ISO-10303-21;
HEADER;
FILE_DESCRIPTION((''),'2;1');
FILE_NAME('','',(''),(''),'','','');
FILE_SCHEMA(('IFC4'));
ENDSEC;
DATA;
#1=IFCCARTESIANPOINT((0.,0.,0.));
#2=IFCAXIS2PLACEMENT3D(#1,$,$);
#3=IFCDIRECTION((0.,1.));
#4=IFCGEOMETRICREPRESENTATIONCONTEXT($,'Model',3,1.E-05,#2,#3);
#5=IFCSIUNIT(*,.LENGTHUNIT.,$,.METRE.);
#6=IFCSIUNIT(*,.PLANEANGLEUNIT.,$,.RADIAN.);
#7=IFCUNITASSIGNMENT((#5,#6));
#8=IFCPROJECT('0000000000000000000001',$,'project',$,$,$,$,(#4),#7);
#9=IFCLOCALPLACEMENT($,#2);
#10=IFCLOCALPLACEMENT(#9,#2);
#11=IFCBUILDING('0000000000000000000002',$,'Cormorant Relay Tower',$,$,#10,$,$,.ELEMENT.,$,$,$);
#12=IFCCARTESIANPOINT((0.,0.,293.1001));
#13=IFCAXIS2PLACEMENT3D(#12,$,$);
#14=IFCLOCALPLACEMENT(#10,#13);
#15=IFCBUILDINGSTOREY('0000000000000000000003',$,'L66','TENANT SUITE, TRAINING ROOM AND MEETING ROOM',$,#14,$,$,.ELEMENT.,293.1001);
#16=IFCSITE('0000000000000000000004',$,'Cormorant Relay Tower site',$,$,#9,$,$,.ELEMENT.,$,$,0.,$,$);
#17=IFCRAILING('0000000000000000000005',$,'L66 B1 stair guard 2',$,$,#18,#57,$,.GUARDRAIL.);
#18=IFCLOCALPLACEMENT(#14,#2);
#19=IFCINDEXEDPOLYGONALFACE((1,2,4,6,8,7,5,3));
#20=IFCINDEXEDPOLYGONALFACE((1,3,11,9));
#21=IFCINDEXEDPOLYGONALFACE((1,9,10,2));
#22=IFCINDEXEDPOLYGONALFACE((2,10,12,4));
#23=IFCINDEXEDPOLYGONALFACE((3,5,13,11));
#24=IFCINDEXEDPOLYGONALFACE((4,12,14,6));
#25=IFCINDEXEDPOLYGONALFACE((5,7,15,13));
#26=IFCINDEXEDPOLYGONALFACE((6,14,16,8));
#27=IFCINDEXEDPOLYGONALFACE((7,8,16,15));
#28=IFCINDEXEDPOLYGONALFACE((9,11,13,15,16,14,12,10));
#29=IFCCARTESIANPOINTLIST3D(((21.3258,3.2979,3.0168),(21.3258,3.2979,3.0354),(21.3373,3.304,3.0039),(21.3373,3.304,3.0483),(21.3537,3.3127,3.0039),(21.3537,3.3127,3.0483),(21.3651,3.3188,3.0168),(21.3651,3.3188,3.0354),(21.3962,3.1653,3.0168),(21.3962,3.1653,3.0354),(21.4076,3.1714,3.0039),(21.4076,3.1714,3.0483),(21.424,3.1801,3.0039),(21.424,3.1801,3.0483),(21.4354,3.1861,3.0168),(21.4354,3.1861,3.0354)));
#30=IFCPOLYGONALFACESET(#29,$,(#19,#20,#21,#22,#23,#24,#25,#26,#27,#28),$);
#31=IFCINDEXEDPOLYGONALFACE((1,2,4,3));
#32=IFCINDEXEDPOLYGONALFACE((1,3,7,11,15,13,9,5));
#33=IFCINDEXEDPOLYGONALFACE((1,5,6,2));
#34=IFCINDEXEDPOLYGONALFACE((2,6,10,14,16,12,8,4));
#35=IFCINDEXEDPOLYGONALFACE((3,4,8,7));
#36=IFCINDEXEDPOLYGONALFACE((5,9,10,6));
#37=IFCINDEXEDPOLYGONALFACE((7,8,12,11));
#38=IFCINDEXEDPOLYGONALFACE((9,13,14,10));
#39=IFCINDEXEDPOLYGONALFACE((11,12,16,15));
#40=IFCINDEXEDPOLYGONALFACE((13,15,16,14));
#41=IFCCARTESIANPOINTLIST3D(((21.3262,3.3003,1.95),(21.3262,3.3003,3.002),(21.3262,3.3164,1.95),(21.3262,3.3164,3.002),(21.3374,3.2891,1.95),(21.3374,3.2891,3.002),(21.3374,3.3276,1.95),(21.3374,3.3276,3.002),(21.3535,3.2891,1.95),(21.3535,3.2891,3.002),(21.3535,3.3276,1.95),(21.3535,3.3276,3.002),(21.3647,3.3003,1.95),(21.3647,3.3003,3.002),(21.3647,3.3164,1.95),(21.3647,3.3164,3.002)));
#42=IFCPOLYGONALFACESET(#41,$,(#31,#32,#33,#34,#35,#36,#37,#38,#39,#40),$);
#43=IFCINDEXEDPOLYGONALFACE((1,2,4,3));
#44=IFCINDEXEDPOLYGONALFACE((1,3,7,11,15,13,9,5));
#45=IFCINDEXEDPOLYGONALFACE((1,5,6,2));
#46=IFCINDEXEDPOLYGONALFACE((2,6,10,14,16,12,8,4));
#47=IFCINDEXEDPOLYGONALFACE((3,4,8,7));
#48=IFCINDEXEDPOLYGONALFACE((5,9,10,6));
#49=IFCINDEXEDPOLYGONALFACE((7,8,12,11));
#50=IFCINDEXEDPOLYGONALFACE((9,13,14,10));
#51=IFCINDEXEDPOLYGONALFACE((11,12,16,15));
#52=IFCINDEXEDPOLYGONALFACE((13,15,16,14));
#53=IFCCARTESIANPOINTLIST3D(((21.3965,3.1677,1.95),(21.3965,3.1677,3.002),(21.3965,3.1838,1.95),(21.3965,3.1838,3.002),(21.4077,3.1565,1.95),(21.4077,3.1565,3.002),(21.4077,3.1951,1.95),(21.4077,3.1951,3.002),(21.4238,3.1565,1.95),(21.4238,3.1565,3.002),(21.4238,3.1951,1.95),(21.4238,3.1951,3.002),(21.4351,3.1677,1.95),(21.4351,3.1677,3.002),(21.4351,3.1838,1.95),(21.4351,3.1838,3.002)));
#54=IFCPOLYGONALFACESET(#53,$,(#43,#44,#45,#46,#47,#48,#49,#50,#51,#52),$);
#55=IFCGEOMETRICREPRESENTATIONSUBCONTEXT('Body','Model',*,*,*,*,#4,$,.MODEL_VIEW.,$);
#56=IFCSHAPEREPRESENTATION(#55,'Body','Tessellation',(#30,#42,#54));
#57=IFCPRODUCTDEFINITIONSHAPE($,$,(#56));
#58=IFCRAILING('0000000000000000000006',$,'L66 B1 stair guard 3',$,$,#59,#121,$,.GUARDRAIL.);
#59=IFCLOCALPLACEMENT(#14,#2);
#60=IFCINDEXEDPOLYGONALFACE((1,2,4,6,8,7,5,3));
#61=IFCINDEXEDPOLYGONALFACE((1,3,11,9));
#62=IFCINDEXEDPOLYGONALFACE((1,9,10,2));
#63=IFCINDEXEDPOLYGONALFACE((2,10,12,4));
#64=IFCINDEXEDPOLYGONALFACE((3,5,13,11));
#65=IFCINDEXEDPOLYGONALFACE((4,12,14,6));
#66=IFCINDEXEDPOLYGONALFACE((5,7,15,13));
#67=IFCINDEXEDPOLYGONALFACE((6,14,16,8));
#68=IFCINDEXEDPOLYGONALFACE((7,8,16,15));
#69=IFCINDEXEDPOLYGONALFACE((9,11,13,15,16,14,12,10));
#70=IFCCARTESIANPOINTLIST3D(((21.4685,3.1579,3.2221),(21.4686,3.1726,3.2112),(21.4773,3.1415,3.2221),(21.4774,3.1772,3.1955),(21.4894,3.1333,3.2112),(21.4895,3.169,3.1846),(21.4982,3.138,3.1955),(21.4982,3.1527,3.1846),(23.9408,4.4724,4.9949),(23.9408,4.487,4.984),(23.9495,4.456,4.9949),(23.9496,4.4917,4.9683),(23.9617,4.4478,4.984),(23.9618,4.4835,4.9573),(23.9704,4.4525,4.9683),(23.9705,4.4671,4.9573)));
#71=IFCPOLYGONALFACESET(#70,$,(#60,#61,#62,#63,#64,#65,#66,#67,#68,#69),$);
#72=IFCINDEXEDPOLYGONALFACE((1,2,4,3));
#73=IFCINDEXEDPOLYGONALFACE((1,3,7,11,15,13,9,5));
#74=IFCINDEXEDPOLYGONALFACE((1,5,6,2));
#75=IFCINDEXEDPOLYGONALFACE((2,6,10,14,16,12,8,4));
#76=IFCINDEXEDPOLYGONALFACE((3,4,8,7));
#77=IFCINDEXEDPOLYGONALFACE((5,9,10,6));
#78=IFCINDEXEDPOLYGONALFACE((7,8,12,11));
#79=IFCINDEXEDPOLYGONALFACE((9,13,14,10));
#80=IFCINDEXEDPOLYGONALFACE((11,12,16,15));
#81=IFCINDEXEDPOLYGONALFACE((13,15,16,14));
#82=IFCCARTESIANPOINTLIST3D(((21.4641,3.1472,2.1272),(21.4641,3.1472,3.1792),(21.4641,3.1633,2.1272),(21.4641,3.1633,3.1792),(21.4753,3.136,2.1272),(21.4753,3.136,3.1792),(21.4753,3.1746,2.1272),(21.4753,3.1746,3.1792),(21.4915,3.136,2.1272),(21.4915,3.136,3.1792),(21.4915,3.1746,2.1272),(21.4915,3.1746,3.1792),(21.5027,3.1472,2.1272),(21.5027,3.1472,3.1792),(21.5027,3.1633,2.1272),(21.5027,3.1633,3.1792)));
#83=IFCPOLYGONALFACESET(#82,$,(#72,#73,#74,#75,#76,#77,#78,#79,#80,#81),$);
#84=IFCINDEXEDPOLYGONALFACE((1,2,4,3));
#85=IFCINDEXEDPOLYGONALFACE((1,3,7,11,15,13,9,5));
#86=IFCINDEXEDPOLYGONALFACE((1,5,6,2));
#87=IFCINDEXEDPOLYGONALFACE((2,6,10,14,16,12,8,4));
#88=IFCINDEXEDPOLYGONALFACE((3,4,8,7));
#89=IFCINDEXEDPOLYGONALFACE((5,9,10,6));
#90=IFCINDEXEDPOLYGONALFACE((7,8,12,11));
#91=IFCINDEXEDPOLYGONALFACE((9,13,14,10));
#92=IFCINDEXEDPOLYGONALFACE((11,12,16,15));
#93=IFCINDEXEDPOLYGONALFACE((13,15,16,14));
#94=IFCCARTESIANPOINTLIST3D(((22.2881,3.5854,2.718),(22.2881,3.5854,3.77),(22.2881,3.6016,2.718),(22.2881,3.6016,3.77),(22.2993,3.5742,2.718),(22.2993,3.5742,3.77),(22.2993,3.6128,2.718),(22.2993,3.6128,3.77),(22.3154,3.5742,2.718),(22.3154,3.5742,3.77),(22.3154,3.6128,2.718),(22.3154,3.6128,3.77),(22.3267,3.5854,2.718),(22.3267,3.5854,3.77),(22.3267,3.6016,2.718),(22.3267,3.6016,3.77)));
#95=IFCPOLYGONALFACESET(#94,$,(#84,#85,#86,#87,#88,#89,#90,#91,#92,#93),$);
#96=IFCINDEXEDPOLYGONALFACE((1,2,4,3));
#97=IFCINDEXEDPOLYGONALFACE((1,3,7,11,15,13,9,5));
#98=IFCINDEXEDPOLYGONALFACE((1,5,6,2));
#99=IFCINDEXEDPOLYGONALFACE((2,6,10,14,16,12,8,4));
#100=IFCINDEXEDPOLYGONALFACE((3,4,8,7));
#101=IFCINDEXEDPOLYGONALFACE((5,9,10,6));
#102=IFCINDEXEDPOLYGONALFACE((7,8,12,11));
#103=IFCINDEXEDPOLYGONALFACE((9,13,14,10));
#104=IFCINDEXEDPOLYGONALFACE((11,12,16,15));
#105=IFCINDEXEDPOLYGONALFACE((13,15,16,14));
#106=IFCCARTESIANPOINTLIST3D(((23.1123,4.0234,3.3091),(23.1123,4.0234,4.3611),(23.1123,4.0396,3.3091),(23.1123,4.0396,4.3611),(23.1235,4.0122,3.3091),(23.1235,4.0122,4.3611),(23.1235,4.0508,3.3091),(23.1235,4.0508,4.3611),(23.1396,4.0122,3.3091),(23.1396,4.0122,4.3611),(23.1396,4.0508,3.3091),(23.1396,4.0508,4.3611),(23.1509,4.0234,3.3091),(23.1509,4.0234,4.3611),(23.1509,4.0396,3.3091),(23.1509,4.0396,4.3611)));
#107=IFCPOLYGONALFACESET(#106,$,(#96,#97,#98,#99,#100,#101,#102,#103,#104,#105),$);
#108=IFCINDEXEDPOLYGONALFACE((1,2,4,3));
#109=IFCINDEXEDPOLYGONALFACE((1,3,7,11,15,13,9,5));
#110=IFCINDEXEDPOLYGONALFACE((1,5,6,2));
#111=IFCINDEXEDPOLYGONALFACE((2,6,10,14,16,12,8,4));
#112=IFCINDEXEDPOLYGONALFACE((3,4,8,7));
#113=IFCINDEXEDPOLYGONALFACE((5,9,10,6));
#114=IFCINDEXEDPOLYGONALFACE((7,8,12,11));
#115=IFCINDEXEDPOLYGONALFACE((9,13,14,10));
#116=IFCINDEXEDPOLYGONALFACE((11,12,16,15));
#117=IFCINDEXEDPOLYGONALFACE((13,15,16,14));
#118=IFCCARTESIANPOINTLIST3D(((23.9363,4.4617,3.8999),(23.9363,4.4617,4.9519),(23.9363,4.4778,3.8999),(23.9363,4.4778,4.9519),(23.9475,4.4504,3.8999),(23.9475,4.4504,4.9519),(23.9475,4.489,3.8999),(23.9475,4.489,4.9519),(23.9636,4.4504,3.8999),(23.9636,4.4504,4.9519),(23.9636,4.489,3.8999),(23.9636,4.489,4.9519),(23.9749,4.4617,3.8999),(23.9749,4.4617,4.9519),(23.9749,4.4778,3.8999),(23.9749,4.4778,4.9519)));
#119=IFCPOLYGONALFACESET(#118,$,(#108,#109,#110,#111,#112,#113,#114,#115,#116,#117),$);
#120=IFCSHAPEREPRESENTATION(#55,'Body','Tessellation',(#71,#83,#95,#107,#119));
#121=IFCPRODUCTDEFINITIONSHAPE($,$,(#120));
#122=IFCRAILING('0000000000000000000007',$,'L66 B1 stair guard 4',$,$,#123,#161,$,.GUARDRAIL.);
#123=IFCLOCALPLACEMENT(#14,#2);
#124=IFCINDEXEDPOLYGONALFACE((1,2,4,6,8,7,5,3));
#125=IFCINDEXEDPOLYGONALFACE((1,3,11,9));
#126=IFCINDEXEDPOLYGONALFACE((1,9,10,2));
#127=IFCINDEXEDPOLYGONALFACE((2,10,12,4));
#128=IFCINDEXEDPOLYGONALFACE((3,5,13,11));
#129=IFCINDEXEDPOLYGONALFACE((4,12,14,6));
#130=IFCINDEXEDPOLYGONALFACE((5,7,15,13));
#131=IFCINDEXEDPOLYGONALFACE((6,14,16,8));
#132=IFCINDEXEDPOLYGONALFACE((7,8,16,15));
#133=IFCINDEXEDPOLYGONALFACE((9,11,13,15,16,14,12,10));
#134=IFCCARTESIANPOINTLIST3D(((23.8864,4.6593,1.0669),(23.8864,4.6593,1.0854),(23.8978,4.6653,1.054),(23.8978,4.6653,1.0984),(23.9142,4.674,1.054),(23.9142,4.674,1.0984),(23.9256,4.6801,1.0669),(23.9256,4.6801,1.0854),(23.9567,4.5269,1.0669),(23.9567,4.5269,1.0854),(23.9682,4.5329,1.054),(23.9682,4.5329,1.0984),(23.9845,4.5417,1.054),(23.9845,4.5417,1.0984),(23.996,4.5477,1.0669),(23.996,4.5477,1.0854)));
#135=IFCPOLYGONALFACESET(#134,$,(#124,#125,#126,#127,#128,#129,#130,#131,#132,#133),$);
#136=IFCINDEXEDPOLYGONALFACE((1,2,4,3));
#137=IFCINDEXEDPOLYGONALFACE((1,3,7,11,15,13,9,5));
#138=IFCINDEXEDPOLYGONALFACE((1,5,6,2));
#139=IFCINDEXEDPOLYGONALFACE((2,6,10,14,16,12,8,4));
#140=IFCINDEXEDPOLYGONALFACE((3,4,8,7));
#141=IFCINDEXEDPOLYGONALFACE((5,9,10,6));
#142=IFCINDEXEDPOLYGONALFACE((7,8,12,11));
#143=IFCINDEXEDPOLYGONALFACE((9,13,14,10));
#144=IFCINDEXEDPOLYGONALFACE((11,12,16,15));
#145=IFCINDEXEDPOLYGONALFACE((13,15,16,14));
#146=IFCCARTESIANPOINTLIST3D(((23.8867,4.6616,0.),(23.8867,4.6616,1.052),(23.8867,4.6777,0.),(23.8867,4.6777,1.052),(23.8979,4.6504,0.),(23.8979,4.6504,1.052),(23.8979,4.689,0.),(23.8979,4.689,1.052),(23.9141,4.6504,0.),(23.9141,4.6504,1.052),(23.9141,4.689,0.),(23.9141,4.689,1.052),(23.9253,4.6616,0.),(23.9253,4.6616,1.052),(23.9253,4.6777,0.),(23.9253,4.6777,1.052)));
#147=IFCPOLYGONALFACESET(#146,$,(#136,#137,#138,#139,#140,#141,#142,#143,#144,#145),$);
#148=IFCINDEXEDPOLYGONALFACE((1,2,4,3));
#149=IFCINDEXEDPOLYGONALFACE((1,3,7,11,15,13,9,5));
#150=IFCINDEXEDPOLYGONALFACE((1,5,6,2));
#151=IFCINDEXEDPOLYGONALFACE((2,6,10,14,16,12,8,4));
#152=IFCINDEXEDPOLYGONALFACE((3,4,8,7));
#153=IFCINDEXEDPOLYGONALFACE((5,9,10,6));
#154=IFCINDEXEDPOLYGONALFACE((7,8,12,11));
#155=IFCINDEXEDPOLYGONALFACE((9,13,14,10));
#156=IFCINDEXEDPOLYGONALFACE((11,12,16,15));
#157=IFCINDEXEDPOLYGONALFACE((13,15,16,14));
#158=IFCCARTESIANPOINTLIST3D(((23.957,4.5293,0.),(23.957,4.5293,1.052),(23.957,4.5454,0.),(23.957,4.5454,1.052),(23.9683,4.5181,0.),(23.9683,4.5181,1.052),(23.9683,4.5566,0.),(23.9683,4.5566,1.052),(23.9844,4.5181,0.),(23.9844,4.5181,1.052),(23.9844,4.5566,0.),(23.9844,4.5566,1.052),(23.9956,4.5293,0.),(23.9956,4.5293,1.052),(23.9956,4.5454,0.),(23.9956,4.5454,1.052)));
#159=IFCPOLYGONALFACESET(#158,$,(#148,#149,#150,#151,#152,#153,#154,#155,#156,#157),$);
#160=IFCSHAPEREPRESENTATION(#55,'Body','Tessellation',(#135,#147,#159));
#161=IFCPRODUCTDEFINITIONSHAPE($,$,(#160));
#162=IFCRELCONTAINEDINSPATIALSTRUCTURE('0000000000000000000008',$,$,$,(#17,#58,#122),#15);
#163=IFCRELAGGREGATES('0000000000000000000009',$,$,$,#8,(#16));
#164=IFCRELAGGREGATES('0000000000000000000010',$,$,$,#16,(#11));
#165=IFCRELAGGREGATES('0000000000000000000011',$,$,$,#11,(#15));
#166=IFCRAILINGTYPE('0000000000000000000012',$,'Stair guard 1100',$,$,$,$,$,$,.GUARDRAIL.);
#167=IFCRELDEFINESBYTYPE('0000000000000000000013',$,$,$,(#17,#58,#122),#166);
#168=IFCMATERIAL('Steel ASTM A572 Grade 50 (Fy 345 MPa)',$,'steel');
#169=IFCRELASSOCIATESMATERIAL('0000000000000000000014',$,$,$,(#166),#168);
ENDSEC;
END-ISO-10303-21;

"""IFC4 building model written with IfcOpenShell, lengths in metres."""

from ifc_helpers import new_model, si_unit, direction, frame, origin, place, context, subcontext, project, spatial, polyline, outline, extrude, material, type_object, element, save


model = new_model("IFC4")

# Units and contexts
model_context = context("Model", 3, precision=1e-05, world=origin(), true_north=direction((0.0, 1.0)))
body_context = subcontext(model_context, "Body", "Model", "MODEL_VIEW")
ifc_project = project(units=[si_unit("LENGTHUNIT", "METRE"), si_unit("PLANEANGLEUNIT", "RADIAN")], contexts=[model_context])

# Site, building, storey
site_placement = place(None, origin())
site = spatial("IfcSite", under=ifc_project, at=site_placement, Name="Cormorant Relay Tower site", CompositionType="ELEMENT", RefElevation=0.0)
building_placement = place(site_placement, origin())
building = spatial("IfcBuilding", under=site, at=building_placement, Name="Cormorant Relay Tower", CompositionType="ELEMENT")
storey_placement = place(building_placement, frame((0.0, 0.0, 293.1001)))
storey = spatial("IfcBuildingStorey", under=building, at=storey_placement, Name="L66", Description="TENANT SUITE, TRAINING ROOM AND MEETING ROOM", CompositionType="ELEMENT", Elevation=293.1001)

# Railings
ifc_material_1 = material(Name="Steel ASTM A572 Grade 50 (Fy 345 MPa)", Category="steel")
railing_type_1 = type_object("IfcRailingType", Name="Stair guard 1100", PredefinedType="GUARDRAIL", material=ifc_material_1)
railing_1_placement = place(storey_placement, frame((21.3455, 3.3083, 1.95)))
element("IfcRailing", 1, at=railing_1_placement, inside=storey, type_object=railing_type_1, Name="L66 B1 stair guard 2", PredefinedType="GUARDRAIL", context=body_context, shape_type="SweptSolid", body=[
    extrude(outline(polyline([(0.0222, 0.0093), (0.0093, 0.0222), (-0.0093, 0.0222), (-0.0222, 0.0093), (-0.0222, -0.0093), (-0.0093, -0.0222), (0.0093, -0.0222), (0.0222, -0.0093), (0.0222, 0.0093)])), frame((0.0, 0.0, 1.0762), z_axis=(0.46856, -0.883431, 0.0), x_axis=(0.883431, 0.46856, 0.0)), (0.0, 0.0, 1.0), 0.1501),
    extrude(outline(polyline([(0.0193, 0.0081), (0.0081, 0.0193), (-0.0081, 0.0193), (-0.0193, 0.0081), (-0.0193, -0.0081), (-0.0081, -0.0193), (0.0081, -0.0193), (0.0193, -0.0081), (0.0193, 0.0081)])), origin(), (0.0, 0.0, 1.0), 1.052),
    extrude(outline(polyline([(0.0193, 0.0081), (0.0081, 0.0193), (-0.0081, 0.0193), (-0.0193, 0.0081), (-0.0193, -0.0081), (-0.0081, -0.0193), (0.0081, -0.0193), (0.0193, -0.0081), (0.0193, 0.0081)])), frame((0.0703, -0.1326, 0.0)), (0.0, 0.0, 1.0), 1.052),
])
railing_2_placement = place(storey_placement, frame((21.4834, 3.1553, 2.1272)))
element("IfcRailing", 2, at=railing_2_placement, inside=storey, type_object=railing_type_1, Name="L66 B1 stair guard 3", PredefinedType="GUARDRAIL", context=body_context, shape_type="SweptSolid", body=[
    extrude(outline(polyline([(0.0222, 0.0093), (0.0093, 0.0222), (-0.0093, 0.0222), (-0.0222, 0.0093), (-0.0222, -0.0093), (-0.0093, -0.0222), (0.0093, -0.0222), (0.0222, -0.0093), (0.0222, 0.0093)])), frame((0.0, 0.0, 1.0762), z_axis=(0.746001, 0.396649, 0.534931), x_axis=(-0.469465, 0.882951, 0.0)), (0.0, 0.0, 1.0), 3.314),
    extrude(outline(polyline([(0.0193, 0.0081), (0.0081, 0.0193), (-0.0081, 0.0193), (-0.0193, 0.0081), (-0.0193, -0.0081), (-0.0081, -0.0193), (0.0081, -0.0193), (0.0193, -0.0081), (0.0193, 0.0081)])), origin(), (0.0, 0.0, 1.0), 1.052),
    extrude(outline(polyline([(0.0193, 0.0081), (0.0081, 0.0193), (-0.0081, 0.0193), (-0.0193, 0.0081), (-0.0193, -0.0081), (-0.0081, -0.0193), (0.0081, -0.0193), (0.0193, -0.0081), (0.0193, 0.0081)])), frame((0.824, 0.4382, 0.5908)), (0.0, 0.0, 1.0), 1.052),
    extrude(outline(polyline([(0.0193, 0.0081), (0.0081, 0.0193), (-0.0081, 0.0193), (-0.0193, 0.0081), (-0.0193, -0.0081), (-0.0081, -0.0193), (0.0081, -0.0193), (0.0193, -0.0081), (0.0193, 0.0081)])), frame((1.6482, 0.8762, 1.1819)), (0.0, 0.0, 1.0), 1.052),
    extrude(outline(polyline([(0.0193, 0.0081), (0.0081, 0.0193), (-0.0081, 0.0193), (-0.0193, 0.0081), (-0.0193, -0.0081), (-0.0081, -0.0193), (0.0081, -0.0193), (0.0193, -0.0081), (0.0193, 0.0081)])), frame((2.4722, 1.3145, 1.7727)), (0.0, 0.0, 1.0), 1.052),
])
railing_3_placement = place(storey_placement, frame((23.906, 4.6697, 0.0)))
element("IfcRailing", 3, at=railing_3_placement, inside=storey, type_object=railing_type_1, Name="L66 B1 stair guard 4", PredefinedType="GUARDRAIL", context=body_context, shape_type="SweptSolid", body=[
    extrude(outline(polyline([(0.0222, 0.0093), (0.0093, 0.0222), (-0.0093, 0.0222), (-0.0222, 0.0093), (-0.0222, -0.0093), (-0.0093, -0.0222), (0.0093, -0.0222), (0.0222, -0.0093), (0.0222, 0.0093)])), frame((0.0, 0.0, 1.0762), z_axis=(0.469235, -0.883074, 0.0), x_axis=(0.883074, 0.469235, 0.0)), (0.0, 0.0, 1.0), 0.1499),
    extrude(outline(polyline([(0.0193, 0.0081), (0.0081, 0.0193), (-0.0081, 0.0193), (-0.0193, 0.0081), (-0.0193, -0.0081), (-0.0081, -0.0193), (0.0081, -0.0193), (0.0193, -0.0081), (0.0193, 0.0081)])), origin(), (0.0, 0.0, 1.0), 1.052),
    extrude(outline(polyline([(0.0193, 0.0081), (0.0081, 0.0193), (-0.0081, 0.0193), (-0.0193, 0.0081), (-0.0193, -0.0081), (-0.0081, -0.0193), (0.0081, -0.0193), (0.0193, -0.0081), (0.0193, 0.0081)])), frame((0.0703, -0.1323, 0.0)), (0.0, 0.0, 1.0), 1.052),
])

save(model, "model.ifc")
